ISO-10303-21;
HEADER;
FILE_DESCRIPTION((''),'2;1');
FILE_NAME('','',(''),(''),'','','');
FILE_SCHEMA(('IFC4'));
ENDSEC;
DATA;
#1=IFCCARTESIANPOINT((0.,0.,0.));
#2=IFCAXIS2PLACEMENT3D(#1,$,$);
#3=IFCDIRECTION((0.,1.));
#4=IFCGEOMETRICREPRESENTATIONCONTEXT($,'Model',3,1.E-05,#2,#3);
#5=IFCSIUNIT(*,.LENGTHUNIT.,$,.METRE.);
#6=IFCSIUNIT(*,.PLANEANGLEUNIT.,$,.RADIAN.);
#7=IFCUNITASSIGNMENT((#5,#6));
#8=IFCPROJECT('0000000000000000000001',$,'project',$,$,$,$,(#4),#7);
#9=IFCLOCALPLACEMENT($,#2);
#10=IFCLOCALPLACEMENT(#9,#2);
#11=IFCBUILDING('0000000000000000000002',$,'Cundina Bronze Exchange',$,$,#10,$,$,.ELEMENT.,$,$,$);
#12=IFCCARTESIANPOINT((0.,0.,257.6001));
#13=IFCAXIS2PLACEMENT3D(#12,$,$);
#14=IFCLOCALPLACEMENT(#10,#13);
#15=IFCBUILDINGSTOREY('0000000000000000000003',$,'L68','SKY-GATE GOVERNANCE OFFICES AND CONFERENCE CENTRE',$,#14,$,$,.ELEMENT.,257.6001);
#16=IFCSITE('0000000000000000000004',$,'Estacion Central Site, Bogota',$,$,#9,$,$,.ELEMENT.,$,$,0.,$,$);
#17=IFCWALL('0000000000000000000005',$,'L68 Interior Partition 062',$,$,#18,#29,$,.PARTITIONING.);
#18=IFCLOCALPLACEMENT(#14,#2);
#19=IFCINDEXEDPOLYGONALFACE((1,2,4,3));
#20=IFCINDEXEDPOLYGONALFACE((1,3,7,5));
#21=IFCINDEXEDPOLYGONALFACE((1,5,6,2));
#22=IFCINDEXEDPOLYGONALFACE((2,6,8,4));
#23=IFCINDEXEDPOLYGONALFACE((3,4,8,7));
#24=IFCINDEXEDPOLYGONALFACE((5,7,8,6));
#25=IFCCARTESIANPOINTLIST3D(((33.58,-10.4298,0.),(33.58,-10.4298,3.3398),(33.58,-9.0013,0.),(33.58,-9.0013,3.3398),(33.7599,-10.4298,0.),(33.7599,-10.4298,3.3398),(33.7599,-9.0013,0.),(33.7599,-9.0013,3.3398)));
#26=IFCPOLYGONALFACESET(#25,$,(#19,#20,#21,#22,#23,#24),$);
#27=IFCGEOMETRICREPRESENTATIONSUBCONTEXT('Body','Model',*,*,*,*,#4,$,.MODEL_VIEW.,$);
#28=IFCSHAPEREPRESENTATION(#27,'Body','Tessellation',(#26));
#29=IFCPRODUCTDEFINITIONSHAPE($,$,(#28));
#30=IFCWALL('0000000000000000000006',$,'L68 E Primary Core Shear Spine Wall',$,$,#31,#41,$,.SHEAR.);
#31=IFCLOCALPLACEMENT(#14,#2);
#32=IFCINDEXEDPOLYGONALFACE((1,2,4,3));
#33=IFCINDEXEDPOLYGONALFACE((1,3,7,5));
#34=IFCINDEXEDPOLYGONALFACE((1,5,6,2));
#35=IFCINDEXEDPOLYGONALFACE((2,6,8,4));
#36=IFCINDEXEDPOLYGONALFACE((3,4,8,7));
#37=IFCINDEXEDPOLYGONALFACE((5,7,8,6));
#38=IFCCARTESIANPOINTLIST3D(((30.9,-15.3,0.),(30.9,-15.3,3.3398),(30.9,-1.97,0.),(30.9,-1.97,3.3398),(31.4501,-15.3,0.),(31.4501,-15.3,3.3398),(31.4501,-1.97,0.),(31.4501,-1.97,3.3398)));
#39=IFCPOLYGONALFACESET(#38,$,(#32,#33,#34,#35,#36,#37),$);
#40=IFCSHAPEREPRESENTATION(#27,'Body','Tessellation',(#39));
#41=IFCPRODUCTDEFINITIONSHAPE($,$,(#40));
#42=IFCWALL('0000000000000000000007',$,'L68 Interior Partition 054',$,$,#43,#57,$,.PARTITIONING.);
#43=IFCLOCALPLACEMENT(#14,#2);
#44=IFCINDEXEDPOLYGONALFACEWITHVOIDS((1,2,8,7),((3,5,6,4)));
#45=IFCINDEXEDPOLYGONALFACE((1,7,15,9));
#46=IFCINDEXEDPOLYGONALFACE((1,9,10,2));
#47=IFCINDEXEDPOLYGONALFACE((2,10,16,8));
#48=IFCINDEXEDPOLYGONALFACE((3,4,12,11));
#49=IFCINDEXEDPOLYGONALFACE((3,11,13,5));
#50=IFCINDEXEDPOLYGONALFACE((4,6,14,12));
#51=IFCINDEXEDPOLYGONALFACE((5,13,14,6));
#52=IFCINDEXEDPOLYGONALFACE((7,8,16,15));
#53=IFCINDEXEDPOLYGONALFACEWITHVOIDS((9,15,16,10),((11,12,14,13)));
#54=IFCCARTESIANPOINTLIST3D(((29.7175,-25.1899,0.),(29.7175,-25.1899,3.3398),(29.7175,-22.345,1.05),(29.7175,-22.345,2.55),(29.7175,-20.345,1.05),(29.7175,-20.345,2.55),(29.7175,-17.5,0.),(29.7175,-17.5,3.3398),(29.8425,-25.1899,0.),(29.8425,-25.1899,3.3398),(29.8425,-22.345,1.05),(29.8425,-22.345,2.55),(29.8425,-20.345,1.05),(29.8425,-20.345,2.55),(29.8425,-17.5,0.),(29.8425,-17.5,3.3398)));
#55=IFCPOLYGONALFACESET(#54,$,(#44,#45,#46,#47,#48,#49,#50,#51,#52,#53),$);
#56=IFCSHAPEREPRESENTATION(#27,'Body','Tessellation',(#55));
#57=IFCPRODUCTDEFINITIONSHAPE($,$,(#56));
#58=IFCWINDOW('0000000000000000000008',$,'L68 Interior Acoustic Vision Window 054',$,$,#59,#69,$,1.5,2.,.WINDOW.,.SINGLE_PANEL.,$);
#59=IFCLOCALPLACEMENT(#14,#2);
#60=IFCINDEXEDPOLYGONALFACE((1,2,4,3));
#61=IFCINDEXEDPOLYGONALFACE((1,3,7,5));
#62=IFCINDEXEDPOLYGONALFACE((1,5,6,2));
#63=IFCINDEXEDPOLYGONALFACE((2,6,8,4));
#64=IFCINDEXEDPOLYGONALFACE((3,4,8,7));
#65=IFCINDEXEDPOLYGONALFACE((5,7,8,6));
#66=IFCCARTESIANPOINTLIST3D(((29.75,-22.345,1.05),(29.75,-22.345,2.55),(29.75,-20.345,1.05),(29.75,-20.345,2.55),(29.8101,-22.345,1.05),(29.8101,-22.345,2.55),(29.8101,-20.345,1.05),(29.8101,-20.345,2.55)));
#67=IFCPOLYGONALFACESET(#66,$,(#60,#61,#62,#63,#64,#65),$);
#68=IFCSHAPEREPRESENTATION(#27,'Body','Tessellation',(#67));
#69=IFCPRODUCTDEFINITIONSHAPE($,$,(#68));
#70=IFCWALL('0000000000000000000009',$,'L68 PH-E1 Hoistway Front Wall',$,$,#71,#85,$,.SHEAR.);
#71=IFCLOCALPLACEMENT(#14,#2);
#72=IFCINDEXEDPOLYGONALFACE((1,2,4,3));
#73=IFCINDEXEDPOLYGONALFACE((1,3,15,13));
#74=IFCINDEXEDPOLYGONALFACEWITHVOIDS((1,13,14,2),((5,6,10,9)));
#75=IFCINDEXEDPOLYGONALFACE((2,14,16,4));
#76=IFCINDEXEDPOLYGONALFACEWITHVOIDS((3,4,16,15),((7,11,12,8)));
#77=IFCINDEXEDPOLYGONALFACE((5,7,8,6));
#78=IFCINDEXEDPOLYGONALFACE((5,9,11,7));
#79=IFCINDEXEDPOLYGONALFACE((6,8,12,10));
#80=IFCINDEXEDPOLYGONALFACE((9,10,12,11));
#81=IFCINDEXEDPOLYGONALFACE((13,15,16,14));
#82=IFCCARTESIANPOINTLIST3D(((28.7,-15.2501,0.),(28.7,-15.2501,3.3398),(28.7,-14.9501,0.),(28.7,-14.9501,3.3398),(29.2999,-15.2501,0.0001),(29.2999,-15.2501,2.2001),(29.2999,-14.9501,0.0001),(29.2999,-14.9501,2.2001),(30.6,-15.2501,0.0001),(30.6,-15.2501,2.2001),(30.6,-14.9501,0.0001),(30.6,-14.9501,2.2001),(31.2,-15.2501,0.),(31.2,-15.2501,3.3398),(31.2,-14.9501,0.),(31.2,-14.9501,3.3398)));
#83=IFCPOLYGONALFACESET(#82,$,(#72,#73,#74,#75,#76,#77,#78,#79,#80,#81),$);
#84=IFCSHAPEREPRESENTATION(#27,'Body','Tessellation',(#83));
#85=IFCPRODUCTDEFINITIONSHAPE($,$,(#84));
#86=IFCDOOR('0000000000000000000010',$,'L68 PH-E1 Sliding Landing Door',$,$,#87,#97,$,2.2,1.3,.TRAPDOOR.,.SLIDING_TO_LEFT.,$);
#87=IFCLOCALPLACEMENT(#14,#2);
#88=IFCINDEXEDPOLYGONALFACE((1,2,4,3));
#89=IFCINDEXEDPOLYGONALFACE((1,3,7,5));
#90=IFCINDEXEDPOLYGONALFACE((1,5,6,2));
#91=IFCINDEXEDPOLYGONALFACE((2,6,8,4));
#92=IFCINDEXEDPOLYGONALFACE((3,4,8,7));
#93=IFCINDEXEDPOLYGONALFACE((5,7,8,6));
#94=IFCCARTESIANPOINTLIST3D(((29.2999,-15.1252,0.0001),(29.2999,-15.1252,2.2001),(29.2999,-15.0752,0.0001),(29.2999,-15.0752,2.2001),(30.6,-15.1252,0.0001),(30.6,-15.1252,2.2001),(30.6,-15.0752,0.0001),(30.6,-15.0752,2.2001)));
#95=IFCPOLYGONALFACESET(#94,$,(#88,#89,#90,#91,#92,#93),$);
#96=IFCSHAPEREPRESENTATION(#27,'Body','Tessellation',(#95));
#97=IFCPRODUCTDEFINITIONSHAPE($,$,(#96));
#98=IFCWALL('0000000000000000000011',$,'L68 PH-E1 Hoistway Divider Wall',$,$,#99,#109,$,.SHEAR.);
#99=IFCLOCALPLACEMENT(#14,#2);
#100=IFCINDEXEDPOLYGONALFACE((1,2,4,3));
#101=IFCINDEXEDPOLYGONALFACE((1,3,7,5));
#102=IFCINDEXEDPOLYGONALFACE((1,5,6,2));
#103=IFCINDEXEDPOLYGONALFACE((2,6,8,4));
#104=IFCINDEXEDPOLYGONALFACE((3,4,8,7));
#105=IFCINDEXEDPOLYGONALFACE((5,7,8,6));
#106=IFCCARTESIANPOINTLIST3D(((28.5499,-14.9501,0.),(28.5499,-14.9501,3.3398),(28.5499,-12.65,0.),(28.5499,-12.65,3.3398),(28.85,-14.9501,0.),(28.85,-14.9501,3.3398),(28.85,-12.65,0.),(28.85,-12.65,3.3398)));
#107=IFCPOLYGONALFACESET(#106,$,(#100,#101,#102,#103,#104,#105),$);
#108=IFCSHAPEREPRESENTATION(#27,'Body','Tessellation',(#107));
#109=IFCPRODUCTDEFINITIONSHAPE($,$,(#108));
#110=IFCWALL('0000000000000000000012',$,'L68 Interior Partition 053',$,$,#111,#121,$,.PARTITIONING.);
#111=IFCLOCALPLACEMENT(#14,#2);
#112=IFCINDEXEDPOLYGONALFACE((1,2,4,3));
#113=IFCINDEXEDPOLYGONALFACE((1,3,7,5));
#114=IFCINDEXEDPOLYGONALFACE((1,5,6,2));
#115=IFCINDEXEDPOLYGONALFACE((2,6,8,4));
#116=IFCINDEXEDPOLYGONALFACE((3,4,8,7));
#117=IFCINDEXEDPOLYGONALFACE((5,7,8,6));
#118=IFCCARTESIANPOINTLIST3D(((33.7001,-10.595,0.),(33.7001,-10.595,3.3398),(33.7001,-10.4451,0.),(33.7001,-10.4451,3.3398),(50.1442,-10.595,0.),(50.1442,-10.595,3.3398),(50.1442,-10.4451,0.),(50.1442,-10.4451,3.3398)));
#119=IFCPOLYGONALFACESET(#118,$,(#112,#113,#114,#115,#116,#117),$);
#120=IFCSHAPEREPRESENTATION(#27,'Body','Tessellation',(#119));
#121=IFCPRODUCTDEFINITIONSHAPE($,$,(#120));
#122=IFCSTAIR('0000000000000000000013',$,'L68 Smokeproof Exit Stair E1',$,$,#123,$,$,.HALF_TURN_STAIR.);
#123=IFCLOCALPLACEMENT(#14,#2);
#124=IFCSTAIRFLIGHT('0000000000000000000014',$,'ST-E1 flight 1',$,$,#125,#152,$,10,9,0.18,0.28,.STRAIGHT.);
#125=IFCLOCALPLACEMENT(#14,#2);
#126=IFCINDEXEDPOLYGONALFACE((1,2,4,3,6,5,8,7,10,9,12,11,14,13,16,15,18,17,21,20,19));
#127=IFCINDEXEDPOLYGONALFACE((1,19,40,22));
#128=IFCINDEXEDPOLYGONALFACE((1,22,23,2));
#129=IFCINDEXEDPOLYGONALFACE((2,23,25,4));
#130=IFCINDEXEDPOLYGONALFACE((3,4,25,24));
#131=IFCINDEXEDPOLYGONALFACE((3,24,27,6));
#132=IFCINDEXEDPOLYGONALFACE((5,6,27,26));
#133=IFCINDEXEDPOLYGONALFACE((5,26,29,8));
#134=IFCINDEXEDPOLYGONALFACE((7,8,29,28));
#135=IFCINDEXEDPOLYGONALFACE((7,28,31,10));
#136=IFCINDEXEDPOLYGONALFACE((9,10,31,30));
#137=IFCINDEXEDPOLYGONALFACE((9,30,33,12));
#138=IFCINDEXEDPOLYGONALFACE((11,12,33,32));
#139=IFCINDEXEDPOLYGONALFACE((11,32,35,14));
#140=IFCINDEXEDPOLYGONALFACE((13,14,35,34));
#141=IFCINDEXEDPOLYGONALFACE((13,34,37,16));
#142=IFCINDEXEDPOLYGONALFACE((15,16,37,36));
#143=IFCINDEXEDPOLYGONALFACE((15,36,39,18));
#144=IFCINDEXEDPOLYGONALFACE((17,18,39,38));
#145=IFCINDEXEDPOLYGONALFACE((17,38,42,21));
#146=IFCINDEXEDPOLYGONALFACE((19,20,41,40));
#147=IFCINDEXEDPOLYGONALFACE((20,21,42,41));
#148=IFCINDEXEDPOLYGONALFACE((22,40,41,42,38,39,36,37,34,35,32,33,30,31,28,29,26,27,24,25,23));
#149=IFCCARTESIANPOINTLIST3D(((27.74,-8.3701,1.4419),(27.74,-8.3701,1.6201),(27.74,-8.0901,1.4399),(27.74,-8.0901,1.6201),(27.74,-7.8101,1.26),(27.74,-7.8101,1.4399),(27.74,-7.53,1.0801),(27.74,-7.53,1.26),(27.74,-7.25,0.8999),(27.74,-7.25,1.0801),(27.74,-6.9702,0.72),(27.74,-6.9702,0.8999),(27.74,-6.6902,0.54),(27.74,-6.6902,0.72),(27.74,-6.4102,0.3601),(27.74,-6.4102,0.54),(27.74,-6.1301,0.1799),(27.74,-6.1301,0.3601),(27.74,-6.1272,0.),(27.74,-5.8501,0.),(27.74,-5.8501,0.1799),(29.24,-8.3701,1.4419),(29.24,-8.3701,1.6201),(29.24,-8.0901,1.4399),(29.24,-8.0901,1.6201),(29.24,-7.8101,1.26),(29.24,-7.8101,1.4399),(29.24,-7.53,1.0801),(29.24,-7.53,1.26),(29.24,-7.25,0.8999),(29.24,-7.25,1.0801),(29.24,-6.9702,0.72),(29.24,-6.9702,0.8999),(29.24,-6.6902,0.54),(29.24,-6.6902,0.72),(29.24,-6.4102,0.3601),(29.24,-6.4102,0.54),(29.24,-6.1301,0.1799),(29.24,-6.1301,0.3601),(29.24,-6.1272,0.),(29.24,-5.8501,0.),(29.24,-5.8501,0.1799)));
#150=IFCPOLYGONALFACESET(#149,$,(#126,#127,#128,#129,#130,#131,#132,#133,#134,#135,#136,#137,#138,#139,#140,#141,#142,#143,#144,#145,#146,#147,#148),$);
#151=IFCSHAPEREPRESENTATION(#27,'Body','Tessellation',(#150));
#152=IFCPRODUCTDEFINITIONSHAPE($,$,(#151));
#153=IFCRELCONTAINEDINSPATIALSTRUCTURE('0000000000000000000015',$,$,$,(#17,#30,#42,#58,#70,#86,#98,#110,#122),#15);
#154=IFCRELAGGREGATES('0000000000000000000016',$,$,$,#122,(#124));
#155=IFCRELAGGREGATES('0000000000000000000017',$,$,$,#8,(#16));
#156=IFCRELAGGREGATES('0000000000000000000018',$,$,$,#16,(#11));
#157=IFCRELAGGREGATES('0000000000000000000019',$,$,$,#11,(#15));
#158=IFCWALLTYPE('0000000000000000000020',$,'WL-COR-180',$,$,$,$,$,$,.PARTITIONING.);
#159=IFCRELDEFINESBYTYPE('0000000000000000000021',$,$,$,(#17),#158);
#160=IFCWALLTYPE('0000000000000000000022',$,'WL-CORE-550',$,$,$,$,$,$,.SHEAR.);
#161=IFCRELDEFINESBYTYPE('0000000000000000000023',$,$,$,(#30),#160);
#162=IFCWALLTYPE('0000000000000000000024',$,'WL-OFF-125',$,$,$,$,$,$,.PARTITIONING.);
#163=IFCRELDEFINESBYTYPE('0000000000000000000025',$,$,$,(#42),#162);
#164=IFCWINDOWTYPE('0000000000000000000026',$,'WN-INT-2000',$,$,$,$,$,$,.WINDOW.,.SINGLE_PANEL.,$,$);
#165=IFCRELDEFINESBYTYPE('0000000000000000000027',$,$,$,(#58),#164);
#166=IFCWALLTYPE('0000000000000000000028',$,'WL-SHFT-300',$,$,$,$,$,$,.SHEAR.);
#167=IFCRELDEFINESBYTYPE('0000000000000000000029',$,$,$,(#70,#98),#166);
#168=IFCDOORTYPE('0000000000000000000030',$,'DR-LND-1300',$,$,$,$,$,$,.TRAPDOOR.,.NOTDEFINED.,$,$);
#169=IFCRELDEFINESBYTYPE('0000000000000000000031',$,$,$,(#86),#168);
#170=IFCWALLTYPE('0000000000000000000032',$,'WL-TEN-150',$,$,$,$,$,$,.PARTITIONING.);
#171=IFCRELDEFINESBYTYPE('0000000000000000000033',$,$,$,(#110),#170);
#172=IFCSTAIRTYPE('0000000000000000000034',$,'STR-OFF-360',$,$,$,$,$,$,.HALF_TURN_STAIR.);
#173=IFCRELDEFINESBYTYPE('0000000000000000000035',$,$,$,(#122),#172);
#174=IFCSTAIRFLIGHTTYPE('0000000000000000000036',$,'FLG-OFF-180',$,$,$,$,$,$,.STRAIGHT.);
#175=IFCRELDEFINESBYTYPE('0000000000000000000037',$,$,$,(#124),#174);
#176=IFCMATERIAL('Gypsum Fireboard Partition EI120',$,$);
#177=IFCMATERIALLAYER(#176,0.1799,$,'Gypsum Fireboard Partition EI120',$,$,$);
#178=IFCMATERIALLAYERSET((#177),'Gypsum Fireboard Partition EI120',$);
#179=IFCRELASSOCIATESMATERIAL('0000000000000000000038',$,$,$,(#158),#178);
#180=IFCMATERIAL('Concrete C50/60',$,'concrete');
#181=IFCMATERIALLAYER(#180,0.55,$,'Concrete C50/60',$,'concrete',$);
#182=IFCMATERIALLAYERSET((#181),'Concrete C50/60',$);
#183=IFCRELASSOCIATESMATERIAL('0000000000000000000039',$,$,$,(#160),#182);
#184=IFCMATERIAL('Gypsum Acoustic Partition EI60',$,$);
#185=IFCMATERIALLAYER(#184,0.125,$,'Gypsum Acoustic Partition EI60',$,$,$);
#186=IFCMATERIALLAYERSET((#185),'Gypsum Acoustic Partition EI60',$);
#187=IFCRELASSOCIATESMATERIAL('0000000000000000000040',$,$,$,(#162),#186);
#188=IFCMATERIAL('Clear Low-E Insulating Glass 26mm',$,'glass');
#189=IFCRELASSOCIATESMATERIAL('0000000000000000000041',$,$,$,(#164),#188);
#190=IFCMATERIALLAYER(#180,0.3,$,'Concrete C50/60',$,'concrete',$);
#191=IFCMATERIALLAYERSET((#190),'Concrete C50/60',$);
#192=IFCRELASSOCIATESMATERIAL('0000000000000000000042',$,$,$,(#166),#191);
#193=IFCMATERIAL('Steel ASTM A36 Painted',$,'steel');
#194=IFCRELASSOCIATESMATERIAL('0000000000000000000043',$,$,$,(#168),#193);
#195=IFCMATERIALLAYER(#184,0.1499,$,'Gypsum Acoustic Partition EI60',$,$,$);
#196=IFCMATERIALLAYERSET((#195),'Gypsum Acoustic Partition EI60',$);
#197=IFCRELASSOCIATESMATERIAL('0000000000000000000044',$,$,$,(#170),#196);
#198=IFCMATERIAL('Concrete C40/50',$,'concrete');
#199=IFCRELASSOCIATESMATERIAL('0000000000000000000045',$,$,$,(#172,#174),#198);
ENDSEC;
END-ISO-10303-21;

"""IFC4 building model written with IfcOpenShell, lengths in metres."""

from ifc_helpers import new_model, si_unit, direction, frame, frame_2d, origin, place, context, subcontext, project, spatial, polyline, rectangle, outline, extrude, material, layer, layer_set, type_object, element, fill, aggregate, save


model = new_model("IFC4")

# Units and contexts
model_context = context("Model", 3, precision=1e-05, world=origin(), true_north=direction((0.0, 1.0)))
body_context = subcontext(model_context, "Body", "Model", "MODEL_VIEW")
ifc_project = project(units=[si_unit("LENGTHUNIT", "METRE"), si_unit("PLANEANGLEUNIT", "RADIAN")], contexts=[model_context])

# Site, building, storey
site_placement = place(None, origin())
site = spatial("IfcSite", under=ifc_project, at=site_placement, Name="Estacion Central Site, Bogota", CompositionType="ELEMENT", RefElevation=0.0)
building_placement = place(site_placement, origin())
building = spatial("IfcBuilding", under=site, at=building_placement, Name="Cundina Bronze Exchange", CompositionType="ELEMENT")
storey_placement = place(building_placement, frame((0.0, 0.0, 257.6001)))
storey = spatial("IfcBuildingStorey", under=building, at=storey_placement, Name="L68", Description="SKY-GATE GOVERNANCE OFFICES AND CONFERENCE CENTRE", CompositionType="ELEMENT", Elevation=257.6001)

# Shared definitions
ifc_material_1 = material(Name="Concrete C50/60", Category="concrete")

# Shared definitions
ifc_material_2 = material(Name="Gypsum Fireboard Partition EI120")
ifc_layer_1 = layer(ifc_material_2, 0.1799, Name="Gypsum Fireboard Partition EI120")
ifc_layer_set_1 = layer_set([ifc_layer_1], Name="Gypsum Fireboard Partition EI120")
wall_type_1 = type_object("IfcWallType", Name="WL-COR-180", PredefinedType="PARTITIONING", material=ifc_layer_set_1)

# Walls
wall_1_placement = place(storey_placement, frame((33.6699, -10.4299, 0.0), z_axis=(0.0, 0.0, 1.0), x_axis=(0.0, 1.0, 0.0)))
element("IfcWall", 1, at=wall_1_placement, inside=storey, type_object=wall_type_1, Name="L68 Interior Partition 062", PredefinedType="PARTITIONING", context=body_context, shape_type="SweptSolid", body=[
    extrude(rectangle(XDim=1.4285, YDim=0.1799, at=frame_2d((0.7144, 0.0))), origin(), (0.0, 0.0, 1.0), 3.3398),
])
ifc_layer_2 = layer(ifc_material_1, 0.55, Name="Concrete C50/60", Category="concrete")
ifc_layer_set_2 = layer_set([ifc_layer_2], Name="Concrete C50/60")
wall_type_2 = type_object("IfcWallType", Name="WL-CORE-550", PredefinedType="SHEAR", material=ifc_layer_set_2)
wall_2_placement = place(storey_placement, frame((31.175, -15.3, 0.0), z_axis=(0.0, 0.0, 1.0), x_axis=(0.0, 1.0, 0.0)))
element("IfcWall", 2, at=wall_2_placement, inside=storey, type_object=wall_type_2, Name="L68 E Primary Core Shear Spine Wall", PredefinedType="SHEAR", context=body_context, shape_type="SweptSolid", body=[
    extrude(rectangle(XDim=13.3301, YDim=0.55, at=frame_2d((6.665, 0.0))), origin(), (0.0, 0.0, 1.0), 3.3398),
])

# Wall, opening, window
ifc_material_3 = material(Name="Gypsum Acoustic Partition EI60")
ifc_layer_3 = layer(ifc_material_3, 0.125, Name="Gypsum Acoustic Partition EI60")
ifc_layer_set_3 = layer_set([ifc_layer_3], Name="Gypsum Acoustic Partition EI60")
wall_type_3 = type_object("IfcWallType", Name="WL-OFF-125", PredefinedType="PARTITIONING", material=ifc_layer_set_3)
wall_3_placement = place(storey_placement, frame((29.78, -25.1899, 0.0), z_axis=(0.0, 0.0, 1.0), x_axis=(0.0, 1.0, 0.0)))
wall_3 = element("IfcWall", 3, at=wall_3_placement, inside=storey, type_object=wall_type_3, Name="L68 Interior Partition 054", PredefinedType="PARTITIONING", context=body_context, shape_type="SweptSolid", body=[
    extrude(rectangle(XDim=7.6899, YDim=0.125, at=frame_2d((3.845, 0.0))), origin(), (0.0, 0.0, 1.0), 3.3398),
])
opening_1_placement = place(wall_3_placement, frame((2.845, 0.0, 1.05)))
opening_1 = element("IfcOpeningElement", 4, at=opening_1_placement, cuts=wall_3, PredefinedType="OPENING", context=body_context, shape_type="SweptSolid", body=[
    extrude(rectangle(XDim=2.0, YDim=1.5, at=frame_2d((1.0, 0.75))), frame((0.0, 0.0725, 0.0), z_axis=(0.0, -1.0, 0.0), x_axis=(1.0, 0.0, 0.0)), (0.0, 0.0, 1.0), 0.145),
])
ifc_material_4 = material(Name="Clear Low-E Insulating Glass 26mm", Category="glass")
window_type = type_object("IfcWindowType", Name="WN-INT-2000", PartitioningType="SINGLE_PANEL", PredefinedType="WINDOW", material=ifc_material_4)
window_placement = place(opening_1_placement, origin())
window = element("IfcWindow", 5, at=window_placement, inside=storey, type_object=window_type, Name="L68 Interior Acoustic Vision Window 054", OverallHeight=1.5, OverallWidth=2.0, PartitioningType="SINGLE_PANEL", PredefinedType="WINDOW", context=body_context, shape_type="SweptSolid", body=[
    extrude(rectangle(XDim=2.0, YDim=1.5, at=frame_2d((1.0, 0.75))), frame((0.0, 0.03, 0.0), z_axis=(0.0, -1.0, 0.0), x_axis=(1.0, 0.0, 0.0)), (0.0, 0.0, 1.0), 0.0601),
])
fill(opening_1, window)

# Wall, opening, door
ifc_layer_4 = layer(ifc_material_1, 0.3, Name="Concrete C50/60", Category="concrete")
ifc_layer_set_4 = layer_set([ifc_layer_4], Name="Concrete C50/60")
wall_type_4 = type_object("IfcWallType", Name="WL-SHFT-300", PredefinedType="SHEAR", material=ifc_layer_set_4)
wall_4_placement = place(storey_placement, frame((28.7, -15.1001, 0.0), z_axis=(0.0, 0.0, 1.0), x_axis=(1.0, 0.0, 0.0)))
wall_4 = element("IfcWall", 6, at=wall_4_placement, inside=storey, type_object=wall_type_4, Name="L68 PH-E1 Hoistway Front Wall", PredefinedType="SHEAR", context=body_context, shape_type="SweptSolid", body=[
    extrude(rectangle(XDim=2.5, YDim=0.3, at=frame_2d((1.25, 0.0))), origin(), (0.0, 0.0, 1.0), 3.3398),
])
opening_2_placement = place(wall_4_placement, frame((0.6001, 0.0, 0.0)))
opening_2 = element("IfcOpeningElement", 7, at=opening_2_placement, cuts=wall_4, PredefinedType="OPENING", context=body_context, shape_type="SweptSolid", body=[
    extrude(rectangle(XDim=1.3, YDim=2.2, at=frame_2d((0.6499, 1.1001))), frame((0.0, 0.1599, 0.0), z_axis=(0.0, -1.0, 0.0), x_axis=(1.0, 0.0, 0.0)), (0.0, 0.0, 1.0), 0.3201),
])
ifc_material_5 = material(Name="Steel ASTM A36 Painted", Category="steel")
door_type_1 = type_object("IfcDoorType", Name="DR-LND-1300", OperationType="NOTDEFINED", PredefinedType="TRAPDOOR", material=ifc_material_5)
door_1_placement = place(opening_2_placement, origin())
door_1 = element("IfcDoor", 8, at=door_1_placement, inside=storey, type_object=door_type_1, Name="L68 PH-E1 Sliding Landing Door", OperationType="SLIDING_TO_LEFT", OverallHeight=2.2, OverallWidth=1.3, PredefinedType="TRAPDOOR", context=body_context, shape_type="SweptSolid", body=[
    extrude(rectangle(XDim=1.3, YDim=2.2, at=frame_2d((0.6499, 1.1001))), frame((0.0, 0.0249, 0.0), z_axis=(0.0, -1.0, 0.0), x_axis=(1.0, 0.0, 0.0)), (0.0, 0.0, 1.0), 0.05),
])
fill(opening_2, door_1)

# Walls
wall_5_placement = place(storey_placement, frame((28.7, -14.95, 0.0), z_axis=(0.0, 0.0, 1.0), x_axis=(0.0, 1.0, 0.0)))
element("IfcWall", 9, at=wall_5_placement, inside=storey, type_object=wall_type_4, Name="L68 PH-E1 Hoistway Divider Wall", PredefinedType="SHEAR", context=body_context, shape_type="SweptSolid", body=[
    extrude(rectangle(XDim=2.3, YDim=0.3, at=frame_2d((1.1499, 0.0))), origin(), (0.0, 0.0, 1.0), 3.3398),
])
ifc_layer_5 = layer(ifc_material_3, 0.1499, Name="Gypsum Acoustic Partition EI60")
ifc_layer_set_5 = layer_set([ifc_layer_5], Name="Gypsum Acoustic Partition EI60")
wall_type_5 = type_object("IfcWallType", Name="WL-TEN-150", PredefinedType="PARTITIONING", material=ifc_layer_set_5)
wall_6_placement = place(storey_placement, frame((33.7, -10.52, 0.0), z_axis=(0.0, 0.0, 1.0), x_axis=(1.0, 0.0, 0.0)))
element("IfcWall", 10, at=wall_6_placement, inside=storey, type_object=wall_type_5, Name="L68 Interior Partition 053", PredefinedType="PARTITIONING", context=body_context, shape_type="SweptSolid", body=[
    extrude(rectangle(XDim=16.4441, YDim=0.1499, at=frame_2d((8.2222, 0.0))), origin(), (0.0, 0.0, 1.0), 3.3398),
])

# Stair, stair flight
ifc_material_6 = material(Name="Concrete C40/50", Category="concrete")
stair_type = type_object("IfcStairType", Name="STR-OFF-360", PredefinedType="HALF_TURN_STAIR", material=ifc_material_6)
stair_placement = place(storey_placement, origin())
stair = element("IfcStair", 11, at=stair_placement, inside=storey, type_object=stair_type, Name="L68 Smokeproof Exit Stair E1", PredefinedType="HALF_TURN_STAIR")
stair_flight_type = type_object("IfcStairFlightType", Name="FLG-OFF-180", PredefinedType="STRAIGHT", material=ifc_material_6)
stair_flight_1_placement = place(storey_placement, frame((28.49, -5.8501, 0.0), z_axis=(0.0, 0.0, 1.0), x_axis=(0.0, -1.0, 0.0)))
stair_flight_1 = element("IfcStairFlight", 12, at=stair_flight_1_placement, type_object=stair_flight_type, Name="ST-E1 flight 1", NumberOfRisers=10, NumberOfTreads=9, PredefinedType="STRAIGHT", RiserHeight=0.18, TreadLength=0.28, context=body_context, shape_type="SweptSolid", body=[
    extrude(outline(polyline([(0.0, 0.0), (0.0, 0.1799), (0.28, 0.1799), (0.28, 0.3601), (0.5601, 0.3601), (0.5601, 0.54), (0.8401, 0.54), (0.8401, 0.72), (1.1201, 0.72), (1.1201, 0.8999), (1.3999, 0.8999), (1.3999, 1.0801), (1.6799, 1.0801), (1.6799, 1.26), (1.96, 1.26), (1.96, 1.4399), (2.24, 1.4399), (2.24, 1.6201), (2.52, 1.6201), (2.52, 1.8), (2.52, 1.4419), (0.2771, 0.0), (0.0, 0.0)])), frame((0.0, 0.75, 0.0), z_axis=(0.0, -1.0, 0.0), x_axis=(1.0, 0.0, 0.0)), (0.0, 0.0, 1.0), 1.5),
])
aggregate(stair, [stair_flight_1])

save(model, "model.ifc")
